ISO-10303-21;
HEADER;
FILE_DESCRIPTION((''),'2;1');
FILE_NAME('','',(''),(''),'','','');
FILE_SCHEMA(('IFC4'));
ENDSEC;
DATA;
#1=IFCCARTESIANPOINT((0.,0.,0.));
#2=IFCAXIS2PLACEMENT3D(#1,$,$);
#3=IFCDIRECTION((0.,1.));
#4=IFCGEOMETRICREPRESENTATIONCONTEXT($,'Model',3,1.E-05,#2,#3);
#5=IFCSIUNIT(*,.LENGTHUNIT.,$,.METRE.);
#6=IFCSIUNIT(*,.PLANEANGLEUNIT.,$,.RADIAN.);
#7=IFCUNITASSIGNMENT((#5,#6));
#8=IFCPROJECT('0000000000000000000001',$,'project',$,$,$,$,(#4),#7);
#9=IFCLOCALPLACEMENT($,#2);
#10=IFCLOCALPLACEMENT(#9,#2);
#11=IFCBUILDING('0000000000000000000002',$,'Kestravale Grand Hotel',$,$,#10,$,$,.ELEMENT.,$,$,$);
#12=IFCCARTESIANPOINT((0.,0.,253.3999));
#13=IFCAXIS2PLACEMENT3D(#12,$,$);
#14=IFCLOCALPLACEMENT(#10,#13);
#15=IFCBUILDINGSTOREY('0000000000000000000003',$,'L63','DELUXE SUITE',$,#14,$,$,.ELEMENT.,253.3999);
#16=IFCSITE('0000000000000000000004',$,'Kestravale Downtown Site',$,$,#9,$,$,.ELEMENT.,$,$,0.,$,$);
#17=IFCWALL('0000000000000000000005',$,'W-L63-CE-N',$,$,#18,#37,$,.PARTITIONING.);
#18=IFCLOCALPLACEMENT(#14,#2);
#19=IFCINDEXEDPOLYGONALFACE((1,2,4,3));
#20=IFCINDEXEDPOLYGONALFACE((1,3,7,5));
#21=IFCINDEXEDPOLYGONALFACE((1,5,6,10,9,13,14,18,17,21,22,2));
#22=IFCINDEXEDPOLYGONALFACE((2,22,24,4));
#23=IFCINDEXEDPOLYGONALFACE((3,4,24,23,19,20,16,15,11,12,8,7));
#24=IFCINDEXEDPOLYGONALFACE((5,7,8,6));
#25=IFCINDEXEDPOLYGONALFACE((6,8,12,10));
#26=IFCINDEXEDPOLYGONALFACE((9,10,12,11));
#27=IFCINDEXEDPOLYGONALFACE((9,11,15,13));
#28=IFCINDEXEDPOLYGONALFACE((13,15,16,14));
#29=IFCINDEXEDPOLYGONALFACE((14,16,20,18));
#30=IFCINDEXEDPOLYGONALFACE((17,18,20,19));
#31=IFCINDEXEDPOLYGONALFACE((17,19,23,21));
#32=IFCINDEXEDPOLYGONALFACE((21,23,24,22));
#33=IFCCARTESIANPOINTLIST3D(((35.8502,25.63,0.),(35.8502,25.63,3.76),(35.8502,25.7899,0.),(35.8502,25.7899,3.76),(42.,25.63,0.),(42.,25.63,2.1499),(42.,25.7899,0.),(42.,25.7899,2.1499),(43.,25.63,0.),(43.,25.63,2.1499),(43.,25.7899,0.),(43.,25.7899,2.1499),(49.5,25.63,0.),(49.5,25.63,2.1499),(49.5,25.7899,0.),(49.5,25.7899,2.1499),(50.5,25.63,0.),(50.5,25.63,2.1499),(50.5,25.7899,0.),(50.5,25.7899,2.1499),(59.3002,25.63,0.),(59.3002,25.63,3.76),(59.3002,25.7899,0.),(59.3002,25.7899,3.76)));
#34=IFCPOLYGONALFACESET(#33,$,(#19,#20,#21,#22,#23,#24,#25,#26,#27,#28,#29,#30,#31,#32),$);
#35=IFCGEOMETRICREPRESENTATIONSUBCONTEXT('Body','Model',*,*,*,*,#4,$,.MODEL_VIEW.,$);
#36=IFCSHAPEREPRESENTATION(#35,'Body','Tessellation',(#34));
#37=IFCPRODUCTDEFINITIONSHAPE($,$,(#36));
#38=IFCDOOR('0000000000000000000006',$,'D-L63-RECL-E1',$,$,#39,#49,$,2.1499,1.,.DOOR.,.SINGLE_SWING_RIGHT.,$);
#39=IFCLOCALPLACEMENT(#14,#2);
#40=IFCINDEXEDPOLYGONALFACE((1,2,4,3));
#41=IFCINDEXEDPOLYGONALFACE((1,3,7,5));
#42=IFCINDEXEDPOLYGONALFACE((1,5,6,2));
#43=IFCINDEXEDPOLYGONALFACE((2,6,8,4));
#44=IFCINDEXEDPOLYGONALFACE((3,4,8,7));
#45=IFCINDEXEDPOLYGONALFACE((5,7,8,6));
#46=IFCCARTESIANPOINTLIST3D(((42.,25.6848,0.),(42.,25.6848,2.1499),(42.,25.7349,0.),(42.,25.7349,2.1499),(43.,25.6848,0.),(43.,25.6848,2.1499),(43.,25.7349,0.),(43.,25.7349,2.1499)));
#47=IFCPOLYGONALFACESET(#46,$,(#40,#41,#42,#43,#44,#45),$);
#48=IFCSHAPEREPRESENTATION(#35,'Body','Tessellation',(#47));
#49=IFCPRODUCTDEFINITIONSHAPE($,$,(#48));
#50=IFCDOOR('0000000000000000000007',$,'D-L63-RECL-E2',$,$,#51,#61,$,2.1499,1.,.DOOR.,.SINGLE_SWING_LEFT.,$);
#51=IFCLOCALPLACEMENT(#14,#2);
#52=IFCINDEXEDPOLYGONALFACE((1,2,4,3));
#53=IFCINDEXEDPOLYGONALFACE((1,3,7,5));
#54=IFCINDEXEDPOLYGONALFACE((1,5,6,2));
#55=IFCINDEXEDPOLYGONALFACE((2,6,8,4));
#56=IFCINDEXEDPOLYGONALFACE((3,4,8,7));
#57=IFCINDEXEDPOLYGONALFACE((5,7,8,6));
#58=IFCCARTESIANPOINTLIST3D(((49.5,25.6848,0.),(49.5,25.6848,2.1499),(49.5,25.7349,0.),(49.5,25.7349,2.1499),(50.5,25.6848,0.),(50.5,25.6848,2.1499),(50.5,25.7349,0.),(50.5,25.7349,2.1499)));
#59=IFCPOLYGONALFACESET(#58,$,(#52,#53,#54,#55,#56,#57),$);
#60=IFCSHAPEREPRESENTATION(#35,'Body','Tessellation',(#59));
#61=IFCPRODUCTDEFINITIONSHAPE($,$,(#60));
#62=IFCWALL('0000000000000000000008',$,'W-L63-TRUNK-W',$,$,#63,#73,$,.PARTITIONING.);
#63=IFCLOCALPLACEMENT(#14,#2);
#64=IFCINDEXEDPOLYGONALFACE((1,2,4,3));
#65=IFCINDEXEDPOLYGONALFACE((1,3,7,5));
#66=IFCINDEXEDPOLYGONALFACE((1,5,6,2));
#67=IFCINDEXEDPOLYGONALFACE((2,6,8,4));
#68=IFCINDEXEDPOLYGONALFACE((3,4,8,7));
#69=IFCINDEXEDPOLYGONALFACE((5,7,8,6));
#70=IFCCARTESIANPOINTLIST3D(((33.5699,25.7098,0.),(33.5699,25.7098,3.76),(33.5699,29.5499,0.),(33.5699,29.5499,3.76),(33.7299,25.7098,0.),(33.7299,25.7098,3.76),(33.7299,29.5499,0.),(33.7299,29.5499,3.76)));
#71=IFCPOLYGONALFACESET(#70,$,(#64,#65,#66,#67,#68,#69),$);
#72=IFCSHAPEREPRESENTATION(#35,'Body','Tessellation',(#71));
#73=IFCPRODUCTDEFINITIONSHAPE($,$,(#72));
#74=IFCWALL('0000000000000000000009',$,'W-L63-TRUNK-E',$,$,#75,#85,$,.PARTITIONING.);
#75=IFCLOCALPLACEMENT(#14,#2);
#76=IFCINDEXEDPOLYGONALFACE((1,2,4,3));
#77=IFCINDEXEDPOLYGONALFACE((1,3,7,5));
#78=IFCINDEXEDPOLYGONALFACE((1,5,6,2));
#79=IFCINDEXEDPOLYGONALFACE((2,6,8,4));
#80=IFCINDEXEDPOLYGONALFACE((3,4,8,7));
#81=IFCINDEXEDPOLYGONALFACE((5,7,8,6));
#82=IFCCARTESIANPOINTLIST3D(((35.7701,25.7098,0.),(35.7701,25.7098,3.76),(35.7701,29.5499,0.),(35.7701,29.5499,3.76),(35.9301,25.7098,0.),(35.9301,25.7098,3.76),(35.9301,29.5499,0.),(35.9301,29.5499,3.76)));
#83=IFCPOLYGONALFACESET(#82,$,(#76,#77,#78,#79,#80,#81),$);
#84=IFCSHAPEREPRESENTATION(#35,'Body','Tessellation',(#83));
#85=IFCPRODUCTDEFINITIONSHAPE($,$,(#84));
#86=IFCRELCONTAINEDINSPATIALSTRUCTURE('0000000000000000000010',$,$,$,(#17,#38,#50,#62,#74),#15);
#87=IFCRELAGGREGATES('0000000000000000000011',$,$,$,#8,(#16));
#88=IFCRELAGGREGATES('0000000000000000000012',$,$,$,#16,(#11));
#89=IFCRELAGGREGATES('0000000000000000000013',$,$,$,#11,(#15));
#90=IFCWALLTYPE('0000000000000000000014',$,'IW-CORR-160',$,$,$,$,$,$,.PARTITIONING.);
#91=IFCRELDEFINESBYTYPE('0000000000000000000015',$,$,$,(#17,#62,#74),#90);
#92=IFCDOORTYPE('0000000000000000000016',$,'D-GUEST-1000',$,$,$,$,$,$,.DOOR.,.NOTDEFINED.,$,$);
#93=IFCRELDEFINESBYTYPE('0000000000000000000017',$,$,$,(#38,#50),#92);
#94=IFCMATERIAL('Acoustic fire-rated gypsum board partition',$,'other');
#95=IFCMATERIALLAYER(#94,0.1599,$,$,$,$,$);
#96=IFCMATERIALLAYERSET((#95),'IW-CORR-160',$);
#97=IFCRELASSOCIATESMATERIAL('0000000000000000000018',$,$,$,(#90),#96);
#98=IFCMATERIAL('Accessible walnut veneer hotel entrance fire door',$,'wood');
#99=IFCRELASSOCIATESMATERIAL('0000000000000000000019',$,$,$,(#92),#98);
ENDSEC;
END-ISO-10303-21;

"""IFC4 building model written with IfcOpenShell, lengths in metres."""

from ifc_helpers import new_model, si_unit, direction, frame, frame_2d, origin, place, context, subcontext, project, spatial, rectangle, extrude, material, layer, layer_set, type_object, element, fill, save


model = new_model("IFC4")

# Units and contexts
model_context = context("Model", 3, precision=1e-05, world=origin(), true_north=direction((0.0, 1.0)))
body_context = subcontext(model_context, "Body", "Model", "MODEL_VIEW")
ifc_project = project(units=[si_unit("LENGTHUNIT", "METRE"), si_unit("PLANEANGLEUNIT", "RADIAN")], contexts=[model_context])

# Site, building, storey
site_placement = place(None, origin())
site = spatial("IfcSite", under=ifc_project, at=site_placement, Name="Kestravale Downtown Site", CompositionType="ELEMENT", RefElevation=0.0)
building_placement = place(site_placement, origin())
building = spatial("IfcBuilding", under=site, at=building_placement, Name="Kestravale Grand Hotel", CompositionType="ELEMENT")
storey_placement = place(building_placement, frame((0.0, 0.0, 253.3999)))
storey = spatial("IfcBuildingStorey", under=building, at=storey_placement, Name="L63", Description="DELUXE SUITE", CompositionType="ELEMENT", Elevation=253.3999)

# Wall, openings, doors
ifc_material_1 = material(Name="Acoustic fire-rated gypsum board partition", Category="other")
ifc_layer_1 = layer(ifc_material_1, 0.1599)
ifc_layer_set_1 = layer_set([ifc_layer_1], Name="IW-CORR-160")
wall_type_1 = type_object("IfcWallType", Name="IW-CORR-160", PredefinedType="PARTITIONING", material=ifc_layer_set_1)
wall_1_placement = place(storey_placement, frame((35.8501, 25.71, 0.0), z_axis=(0.0, 0.0, 1.0), x_axis=(1.0, 0.0, 0.0)))
wall_1 = element("IfcWall", 1, at=wall_1_placement, inside=storey, type_object=wall_type_1, Name="W-L63-CE-N", PredefinedType="PARTITIONING", context=body_context, shape_type="SweptSolid", body=[
    extrude(rectangle(XDim=23.45, YDim=0.1599, at=frame_2d((11.7251, 0.0))), origin(), (0.0, 0.0, 1.0), 3.76),
])
opening_1_placement = place(wall_1_placement, frame((6.1499, 0.0, 0.0)))
opening_1 = element("IfcOpeningElement", 2, at=opening_1_placement, cuts=wall_1, PredefinedType="OPENING", context=body_context, shape_type="SweptSolid", body=[
    extrude(rectangle(XDim=1.0, YDim=2.1499, at=frame_2d((0.5, 1.075))), frame((0.0, 0.0898, 0.0), z_axis=(0.0, -1.0, 0.0), x_axis=(1.0, 0.0, 0.0)), (0.0, 0.0, 1.0), 0.1799),
])
opening_2_placement = place(wall_1_placement, frame((13.6499, 0.0, 0.0)))
opening_2 = element("IfcOpeningElement", 3, at=opening_2_placement, cuts=wall_1, PredefinedType="OPENING", context=body_context, shape_type="SweptSolid", body=[
    extrude(rectangle(XDim=1.0, YDim=2.1499, at=frame_2d((0.5, 1.075))), frame((0.0, 0.0898, 0.0), z_axis=(0.0, -1.0, 0.0), x_axis=(1.0, 0.0, 0.0)), (0.0, 0.0, 1.0), 0.1799),
])
ifc_material_2 = material(Name="Accessible walnut veneer hotel entrance fire door", Category="wood")
door_type_1 = type_object("IfcDoorType", Name="D-GUEST-1000", OperationType="NOTDEFINED", PredefinedType="DOOR", material=ifc_material_2)
door_1_placement = place(opening_1_placement, origin())
door_1 = element("IfcDoor", 4, at=door_1_placement, inside=storey, type_object=door_type_1, Name="D-L63-RECL-E1", OperationType="SINGLE_SWING_RIGHT", OverallHeight=2.1499, OverallWidth=1.0, PredefinedType="DOOR", context=body_context, shape_type="SweptSolid", body=[
    extrude(rectangle(XDim=1.0, YDim=2.1499, at=frame_2d((0.5, 1.075))), frame((0.0, 0.0249, 0.0), z_axis=(0.0, -1.0, 0.0), x_axis=(1.0, 0.0, 0.0)), (0.0, 0.0, 1.0), 0.05),
])
fill(opening_1, door_1)
door_2_placement = place(opening_2_placement, origin())
door_2 = element("IfcDoor", 5, at=door_2_placement, inside=storey, type_object=door_type_1, Name="D-L63-RECL-E2", OperationType="SINGLE_SWING_LEFT", OverallHeight=2.1499, OverallWidth=1.0, PredefinedType="DOOR", context=body_context, shape_type="SweptSolid", body=[
    extrude(rectangle(XDim=1.0, YDim=2.1499, at=frame_2d((0.5, 1.075))), frame((0.0, 0.0249, 0.0), z_axis=(0.0, -1.0, 0.0), x_axis=(1.0, 0.0, 0.0)), (0.0, 0.0, 1.0), 0.05),
])
fill(opening_2, door_2)

# Walls
for number, where, z_axis, x_axis, name in (
    (6, (33.6499, 25.71, 0.0), (0.0, 0.0, 1.0), (0.0, 1.0, 0.0), "W-L63-TRUNK-W"),
    (7, (35.8501, 25.71, 0.0), (0.0, 0.0, 1.0), (0.0, 1.0, 0.0), "W-L63-TRUNK-E"),
):
    element("IfcWall", number, at=place(storey_placement, frame(where, z_axis=z_axis, x_axis=x_axis)), inside=storey, type_object=wall_type_1, Name=name, PredefinedType="PARTITIONING", context=body_context, shape_type="SweptSolid", body=[
        extrude(rectangle(XDim=3.8401, YDim=0.1599, at=frame_2d((1.9199, 0.0))), origin(), (0.0, 0.0, 1.0), 3.76),
    ])

save(model, "model.ifc")
